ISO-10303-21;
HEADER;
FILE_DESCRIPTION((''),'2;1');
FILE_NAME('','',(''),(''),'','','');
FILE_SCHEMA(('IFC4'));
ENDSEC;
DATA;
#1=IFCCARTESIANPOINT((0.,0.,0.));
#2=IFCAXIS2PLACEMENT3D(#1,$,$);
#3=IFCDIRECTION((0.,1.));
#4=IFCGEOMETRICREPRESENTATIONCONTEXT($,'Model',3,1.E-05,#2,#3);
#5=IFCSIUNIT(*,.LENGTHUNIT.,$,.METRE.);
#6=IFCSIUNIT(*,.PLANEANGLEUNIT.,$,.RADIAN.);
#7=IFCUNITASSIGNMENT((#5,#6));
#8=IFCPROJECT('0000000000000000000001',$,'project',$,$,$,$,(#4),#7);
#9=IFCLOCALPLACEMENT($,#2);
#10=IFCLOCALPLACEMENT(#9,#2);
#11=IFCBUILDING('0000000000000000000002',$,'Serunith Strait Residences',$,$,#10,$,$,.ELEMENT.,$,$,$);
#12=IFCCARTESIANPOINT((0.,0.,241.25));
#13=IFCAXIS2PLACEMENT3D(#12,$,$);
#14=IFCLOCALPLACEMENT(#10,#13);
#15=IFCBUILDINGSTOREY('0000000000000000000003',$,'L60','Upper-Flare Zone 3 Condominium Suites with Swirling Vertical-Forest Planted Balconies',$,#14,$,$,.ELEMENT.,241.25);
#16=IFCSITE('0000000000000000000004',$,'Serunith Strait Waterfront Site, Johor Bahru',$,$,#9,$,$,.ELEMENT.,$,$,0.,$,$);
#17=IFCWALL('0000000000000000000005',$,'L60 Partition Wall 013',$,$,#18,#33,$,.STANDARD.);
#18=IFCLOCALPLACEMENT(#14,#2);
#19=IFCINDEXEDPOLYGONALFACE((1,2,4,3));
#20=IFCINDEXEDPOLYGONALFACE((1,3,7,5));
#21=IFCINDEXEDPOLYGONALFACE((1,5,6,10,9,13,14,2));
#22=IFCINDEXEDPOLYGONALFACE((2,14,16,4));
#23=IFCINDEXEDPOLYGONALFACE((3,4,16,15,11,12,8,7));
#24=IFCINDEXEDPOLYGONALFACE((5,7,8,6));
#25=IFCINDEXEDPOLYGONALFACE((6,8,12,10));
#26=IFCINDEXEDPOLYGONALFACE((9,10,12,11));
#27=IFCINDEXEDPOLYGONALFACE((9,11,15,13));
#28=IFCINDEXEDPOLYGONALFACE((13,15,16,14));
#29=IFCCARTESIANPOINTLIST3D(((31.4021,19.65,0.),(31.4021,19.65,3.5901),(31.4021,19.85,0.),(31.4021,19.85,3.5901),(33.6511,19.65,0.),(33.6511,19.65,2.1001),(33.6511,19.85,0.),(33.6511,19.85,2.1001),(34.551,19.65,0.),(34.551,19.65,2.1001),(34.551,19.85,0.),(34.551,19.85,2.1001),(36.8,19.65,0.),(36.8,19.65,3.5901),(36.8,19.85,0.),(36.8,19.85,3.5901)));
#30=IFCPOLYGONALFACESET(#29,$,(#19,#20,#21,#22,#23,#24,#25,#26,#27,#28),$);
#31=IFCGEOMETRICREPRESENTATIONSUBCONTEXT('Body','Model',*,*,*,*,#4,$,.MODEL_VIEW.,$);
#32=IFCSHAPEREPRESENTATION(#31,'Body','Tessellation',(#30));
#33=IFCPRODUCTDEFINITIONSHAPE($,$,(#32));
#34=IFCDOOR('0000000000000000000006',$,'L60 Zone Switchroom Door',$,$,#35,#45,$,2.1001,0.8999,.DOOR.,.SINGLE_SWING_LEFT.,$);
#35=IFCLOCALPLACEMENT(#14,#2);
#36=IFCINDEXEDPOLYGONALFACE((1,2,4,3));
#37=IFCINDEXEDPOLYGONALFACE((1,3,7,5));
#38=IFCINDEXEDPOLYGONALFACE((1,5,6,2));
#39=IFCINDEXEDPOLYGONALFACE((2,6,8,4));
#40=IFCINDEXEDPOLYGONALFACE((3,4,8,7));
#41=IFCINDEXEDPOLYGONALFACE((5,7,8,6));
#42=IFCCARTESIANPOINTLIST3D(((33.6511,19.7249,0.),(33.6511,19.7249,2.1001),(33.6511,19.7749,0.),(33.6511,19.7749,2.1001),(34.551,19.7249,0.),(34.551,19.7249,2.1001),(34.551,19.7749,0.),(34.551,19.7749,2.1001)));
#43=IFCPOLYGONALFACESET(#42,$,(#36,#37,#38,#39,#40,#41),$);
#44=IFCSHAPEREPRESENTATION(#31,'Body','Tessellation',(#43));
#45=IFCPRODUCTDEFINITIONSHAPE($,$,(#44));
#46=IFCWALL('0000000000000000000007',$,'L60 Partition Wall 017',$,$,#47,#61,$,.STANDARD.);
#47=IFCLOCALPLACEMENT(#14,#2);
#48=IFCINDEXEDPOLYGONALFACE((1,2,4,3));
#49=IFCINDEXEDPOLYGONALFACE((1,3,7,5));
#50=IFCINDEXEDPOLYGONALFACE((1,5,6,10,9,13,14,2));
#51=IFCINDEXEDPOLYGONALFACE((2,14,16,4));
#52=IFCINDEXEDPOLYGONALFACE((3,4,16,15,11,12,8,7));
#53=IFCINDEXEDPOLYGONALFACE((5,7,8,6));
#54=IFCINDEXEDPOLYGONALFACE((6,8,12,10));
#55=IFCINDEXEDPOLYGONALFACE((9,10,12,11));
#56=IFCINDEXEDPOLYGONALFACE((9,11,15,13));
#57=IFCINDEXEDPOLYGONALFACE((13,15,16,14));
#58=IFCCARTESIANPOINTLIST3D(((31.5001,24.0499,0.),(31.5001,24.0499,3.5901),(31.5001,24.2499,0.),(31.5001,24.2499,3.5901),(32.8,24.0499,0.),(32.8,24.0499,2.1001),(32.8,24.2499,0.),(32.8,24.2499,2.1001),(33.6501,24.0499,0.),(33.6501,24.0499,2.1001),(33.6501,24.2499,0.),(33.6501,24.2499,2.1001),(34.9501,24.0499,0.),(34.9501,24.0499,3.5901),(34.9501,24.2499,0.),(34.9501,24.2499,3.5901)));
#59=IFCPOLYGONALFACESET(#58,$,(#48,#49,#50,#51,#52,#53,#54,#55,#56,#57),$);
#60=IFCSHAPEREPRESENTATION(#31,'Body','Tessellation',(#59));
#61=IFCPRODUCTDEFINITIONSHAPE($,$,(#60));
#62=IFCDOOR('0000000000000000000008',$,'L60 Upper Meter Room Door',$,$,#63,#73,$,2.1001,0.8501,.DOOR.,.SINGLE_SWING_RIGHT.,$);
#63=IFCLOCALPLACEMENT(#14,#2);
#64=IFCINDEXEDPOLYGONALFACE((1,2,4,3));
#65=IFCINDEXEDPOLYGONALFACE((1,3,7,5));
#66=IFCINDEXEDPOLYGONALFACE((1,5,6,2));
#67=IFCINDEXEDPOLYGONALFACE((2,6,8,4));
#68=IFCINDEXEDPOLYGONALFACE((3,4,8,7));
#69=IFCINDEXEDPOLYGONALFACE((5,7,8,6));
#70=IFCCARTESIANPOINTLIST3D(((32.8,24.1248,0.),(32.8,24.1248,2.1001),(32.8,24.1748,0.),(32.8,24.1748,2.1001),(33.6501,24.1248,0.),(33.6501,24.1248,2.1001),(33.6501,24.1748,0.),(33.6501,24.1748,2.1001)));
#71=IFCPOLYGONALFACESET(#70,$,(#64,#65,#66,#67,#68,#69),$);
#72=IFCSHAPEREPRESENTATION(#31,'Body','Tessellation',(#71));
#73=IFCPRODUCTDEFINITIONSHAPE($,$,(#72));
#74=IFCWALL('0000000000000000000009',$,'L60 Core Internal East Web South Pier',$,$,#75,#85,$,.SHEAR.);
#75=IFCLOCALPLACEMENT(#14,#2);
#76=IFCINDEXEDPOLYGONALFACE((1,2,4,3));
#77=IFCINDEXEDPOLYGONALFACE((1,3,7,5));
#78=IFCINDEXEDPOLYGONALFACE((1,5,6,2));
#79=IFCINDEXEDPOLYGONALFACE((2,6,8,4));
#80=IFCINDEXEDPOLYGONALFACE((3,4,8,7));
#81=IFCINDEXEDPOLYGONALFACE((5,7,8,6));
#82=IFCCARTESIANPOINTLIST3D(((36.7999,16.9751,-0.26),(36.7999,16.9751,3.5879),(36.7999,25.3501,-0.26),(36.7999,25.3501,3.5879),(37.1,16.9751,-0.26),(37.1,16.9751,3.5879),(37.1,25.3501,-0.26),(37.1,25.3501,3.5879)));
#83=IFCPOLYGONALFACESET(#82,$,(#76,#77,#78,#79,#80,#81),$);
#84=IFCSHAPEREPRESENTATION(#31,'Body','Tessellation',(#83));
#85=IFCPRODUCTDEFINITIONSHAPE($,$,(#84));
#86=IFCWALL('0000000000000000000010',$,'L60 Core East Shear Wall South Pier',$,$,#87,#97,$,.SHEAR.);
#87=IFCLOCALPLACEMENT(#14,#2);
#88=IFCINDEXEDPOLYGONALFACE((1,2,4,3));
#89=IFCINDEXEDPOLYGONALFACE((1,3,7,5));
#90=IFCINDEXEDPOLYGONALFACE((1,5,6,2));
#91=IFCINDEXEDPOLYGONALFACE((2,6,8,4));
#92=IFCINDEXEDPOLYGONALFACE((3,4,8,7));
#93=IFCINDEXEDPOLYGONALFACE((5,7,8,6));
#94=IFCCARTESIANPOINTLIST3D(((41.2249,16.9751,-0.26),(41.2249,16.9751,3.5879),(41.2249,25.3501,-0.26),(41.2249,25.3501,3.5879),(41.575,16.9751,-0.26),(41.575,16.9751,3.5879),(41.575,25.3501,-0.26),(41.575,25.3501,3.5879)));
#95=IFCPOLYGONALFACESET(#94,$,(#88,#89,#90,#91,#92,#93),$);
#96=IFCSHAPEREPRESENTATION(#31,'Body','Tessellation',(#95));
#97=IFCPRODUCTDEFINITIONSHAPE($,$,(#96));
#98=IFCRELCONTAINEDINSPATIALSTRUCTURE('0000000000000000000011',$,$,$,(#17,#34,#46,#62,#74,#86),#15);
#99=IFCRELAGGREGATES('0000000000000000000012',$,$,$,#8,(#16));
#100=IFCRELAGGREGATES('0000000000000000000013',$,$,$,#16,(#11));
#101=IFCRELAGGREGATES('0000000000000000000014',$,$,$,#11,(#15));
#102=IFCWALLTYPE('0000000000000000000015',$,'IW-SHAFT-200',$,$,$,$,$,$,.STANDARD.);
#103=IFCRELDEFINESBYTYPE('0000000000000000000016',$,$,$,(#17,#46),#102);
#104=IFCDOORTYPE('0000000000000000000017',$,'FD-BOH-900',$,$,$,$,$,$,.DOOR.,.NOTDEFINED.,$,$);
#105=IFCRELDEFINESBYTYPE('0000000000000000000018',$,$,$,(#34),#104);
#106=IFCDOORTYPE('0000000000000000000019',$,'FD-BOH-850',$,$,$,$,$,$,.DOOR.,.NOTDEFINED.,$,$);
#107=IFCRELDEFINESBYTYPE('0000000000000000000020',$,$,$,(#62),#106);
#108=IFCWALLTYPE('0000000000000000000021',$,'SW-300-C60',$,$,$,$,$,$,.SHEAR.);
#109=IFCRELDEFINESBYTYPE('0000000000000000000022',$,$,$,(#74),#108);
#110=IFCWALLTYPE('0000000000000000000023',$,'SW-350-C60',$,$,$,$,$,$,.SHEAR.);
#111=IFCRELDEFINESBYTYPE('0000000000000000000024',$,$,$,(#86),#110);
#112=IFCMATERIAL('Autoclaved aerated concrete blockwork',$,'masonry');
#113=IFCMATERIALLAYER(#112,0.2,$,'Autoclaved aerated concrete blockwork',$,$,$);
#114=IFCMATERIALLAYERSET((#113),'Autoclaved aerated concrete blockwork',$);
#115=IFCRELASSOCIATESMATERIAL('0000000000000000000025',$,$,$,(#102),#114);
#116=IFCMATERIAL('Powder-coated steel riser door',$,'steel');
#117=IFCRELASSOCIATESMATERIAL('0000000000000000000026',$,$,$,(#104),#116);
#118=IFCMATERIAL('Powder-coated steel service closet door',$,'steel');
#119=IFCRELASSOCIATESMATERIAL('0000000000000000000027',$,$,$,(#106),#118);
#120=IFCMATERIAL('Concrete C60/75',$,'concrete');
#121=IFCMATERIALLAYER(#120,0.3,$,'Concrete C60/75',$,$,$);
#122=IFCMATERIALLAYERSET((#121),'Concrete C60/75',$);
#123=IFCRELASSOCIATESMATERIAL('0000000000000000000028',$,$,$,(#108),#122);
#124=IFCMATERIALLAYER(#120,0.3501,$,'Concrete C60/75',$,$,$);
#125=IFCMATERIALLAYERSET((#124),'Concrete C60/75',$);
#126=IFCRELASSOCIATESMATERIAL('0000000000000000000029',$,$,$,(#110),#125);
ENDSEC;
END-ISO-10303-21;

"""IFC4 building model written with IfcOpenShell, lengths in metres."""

from ifc_helpers import new_model, si_unit, direction, frame, frame_2d, origin, place, context, subcontext, project, spatial, rectangle, extrude, source, transform, mapped, material, layer, layer_set, type_object, element, fill, save


model = new_model("IFC4")

# Units and contexts
model_context = context("Model", 3, precision=1e-05, world=origin(), true_north=direction((0.0, 1.0)))
body_context = subcontext(model_context, "Body", "Model", "MODEL_VIEW")
ifc_project = project(units=[si_unit("LENGTHUNIT", "METRE"), si_unit("PLANEANGLEUNIT", "RADIAN")], contexts=[model_context])

# Site, building, storey
site_placement = place(None, origin())
site = spatial("IfcSite", under=ifc_project, at=site_placement, Name="Serunith Strait Waterfront Site, Johor Bahru", CompositionType="ELEMENT", RefElevation=0.0)
building_placement = place(site_placement, origin())
building = spatial("IfcBuilding", under=site, at=building_placement, Name="Serunith Strait Residences", CompositionType="ELEMENT")
storey_placement = place(building_placement, frame((0.0, 0.0, 241.25)))
storey = spatial("IfcBuildingStorey", under=building, at=storey_placement, Name="L60", Description="Upper-Flare Zone 3 Condominium Suites with Swirling Vertical-Forest Planted Balconies", CompositionType="ELEMENT", Elevation=241.25)

# Shared definitions
ifc_material_1 = material(Name="Concrete C60/75", Category="concrete")

# Walls, openings, doors
shared_shape_1 = source(origin(), body_context, "Body", "SweptSolid", [
    extrude(rectangle(XDim=0.8999, YDim=2.1001, at=frame_2d((0.45, 1.05))), frame((0.0, 0.0249, 0.0), z_axis=(0.0, -1.0, 0.0), x_axis=(1.0, 0.0, 0.0)), (0.0, 0.0, 1.0), 0.05),
])
ifc_material_2 = material(Name="Autoclaved aerated concrete blockwork", Category="masonry")
ifc_layer_1 = layer(ifc_material_2, 0.2, Name="Autoclaved aerated concrete blockwork")
ifc_layer_set_1 = layer_set([ifc_layer_1], Name="Autoclaved aerated concrete blockwork")
wall_type_1 = type_object("IfcWallType", Name="IW-SHAFT-200", PredefinedType="STANDARD", material=ifc_layer_set_1)
wall_1_placement = place(storey_placement, frame((31.4021, 19.75, 0.0), z_axis=(0.0, 0.0, 1.0), x_axis=(1.0, 0.0, 0.0)))
wall_1 = element("IfcWall", 1, at=wall_1_placement, inside=storey, type_object=wall_type_1, Name="L60 Partition Wall 013", PredefinedType="STANDARD", context=body_context, shape_type="SweptSolid", body=[
    extrude(rectangle(XDim=5.3979, YDim=0.2, at=frame_2d((2.699, 0.0))), origin(), (0.0, 0.0, 1.0), 3.5901),
])
opening_1_placement = place(wall_1_placement, frame((2.249, 0.0, 0.0)))
opening_1 = element("IfcOpeningElement", 2, at=opening_1_placement, cuts=wall_1, PredefinedType="OPENING", context=body_context, shape_type="SweptSolid", body=[
    extrude(rectangle(XDim=0.8999, YDim=2.1001, at=frame_2d((0.45, 1.05))), frame((0.0, 0.1099, 0.0), z_axis=(0.0, -1.0, 0.0), x_axis=(1.0, 0.0, 0.0)), (0.0, 0.0, 1.0), 0.22),
])
ifc_material_3 = material(Name="Powder-coated steel riser door", Category="steel")
door_type_1 = type_object("IfcDoorType", Name="FD-BOH-900", OperationType="NOTDEFINED", PredefinedType="DOOR", material=ifc_material_3)
door_1_placement = place(opening_1_placement, origin())
door_1 = element("IfcDoor", 3, at=door_1_placement, inside=storey, type_object=door_type_1, Name="L60 Zone Switchroom Door", OperationType="SINGLE_SWING_LEFT", OverallHeight=2.1001, OverallWidth=0.8999, PredefinedType="DOOR", context=body_context, shape_type="MappedRepresentation", body=[
    mapped(shared_shape_1, transform((0.0, 0.0, 0.0), scale=1.0)),
])
fill(opening_1, door_1)
wall_2_placement = place(storey_placement, frame((31.5, 24.1499, 0.0), z_axis=(0.0, 0.0, 1.0), x_axis=(1.0, 0.0, 0.0)))
wall_2 = element("IfcWall", 4, at=wall_2_placement, inside=storey, type_object=wall_type_1, Name="L60 Partition Wall 017", PredefinedType="STANDARD", context=body_context, shape_type="SweptSolid", body=[
    extrude(rectangle(XDim=3.45, YDim=0.2, at=frame_2d((1.7251, 0.0))), origin(), (0.0, 0.0, 1.0), 3.5901),
])
opening_2_placement = place(wall_2_placement, frame((1.3, 0.0, 0.0)))
opening_2 = element("IfcOpeningElement", 5, at=opening_2_placement, cuts=wall_2, PredefinedType="OPENING", context=body_context, shape_type="SweptSolid", body=[
    extrude(rectangle(XDim=0.8501, YDim=2.1001, at=frame_2d((0.425, 1.05))), frame((0.0, 0.1099, 0.0), z_axis=(0.0, -1.0, 0.0), x_axis=(1.0, 0.0, 0.0)), (0.0, 0.0, 1.0), 0.22),
])
ifc_material_4 = material(Name="Powder-coated steel service closet door", Category="steel")
door_type_2 = type_object("IfcDoorType", Name="FD-BOH-850", OperationType="NOTDEFINED", PredefinedType="DOOR", material=ifc_material_4)
shared_shape_2 = source(origin(), body_context, "Body", "SweptSolid", [
    extrude(rectangle(XDim=0.8501, YDim=2.1001, at=frame_2d((0.425, 1.05))), frame((0.0, 0.0249, 0.0), z_axis=(0.0, -1.0, 0.0), x_axis=(1.0, 0.0, 0.0)), (0.0, 0.0, 1.0), 0.05),
])
door_2_placement = place(opening_2_placement, origin())
door_2 = element("IfcDoor", 6, at=door_2_placement, inside=storey, type_object=door_type_2, Name="L60 Upper Meter Room Door", OperationType="SINGLE_SWING_RIGHT", OverallHeight=2.1001, OverallWidth=0.8501, PredefinedType="DOOR", context=body_context, shape_type="MappedRepresentation", body=[
    mapped(shared_shape_2, transform((0.0, 0.0, 0.0), scale=1.0)),
])
fill(opening_2, door_2)

# Walls
ifc_layer_2 = layer(ifc_material_1, 0.3, Name="Concrete C60/75")
ifc_layer_set_2 = layer_set([ifc_layer_2], Name="Concrete C60/75")
wall_type_2 = type_object("IfcWallType", Name="SW-300-C60", PredefinedType="SHEAR", material=ifc_layer_set_2)
wall_3_placement = place(storey_placement, frame((36.95, 16.9751, -0.26), z_axis=(0.0, 0.0, 1.0), x_axis=(0.0, 1.0, 0.0)))
element("IfcWall", 7, at=wall_3_placement, inside=storey, type_object=wall_type_2, Name="L60 Core Internal East Web South Pier", PredefinedType="SHEAR", context=body_context, shape_type="SweptSolid", body=[
    extrude(rectangle(XDim=8.375, YDim=0.3, at=frame_2d((4.1875, 0.0))), origin(), (0.0, 0.0, 1.0), 3.8479),
])
ifc_layer_3 = layer(ifc_material_1, 0.3501, Name="Concrete C60/75")
ifc_layer_set_3 = layer_set([ifc_layer_3], Name="Concrete C60/75")
wall_type_3 = type_object("IfcWallType", Name="SW-350-C60", PredefinedType="SHEAR", material=ifc_layer_set_3)
wall_4_placement = place(storey_placement, frame((41.3999, 16.9751, -0.26), z_axis=(0.0, 0.0, 1.0), x_axis=(0.0, 1.0, 0.0)))
element("IfcWall", 8, at=wall_4_placement, inside=storey, type_object=wall_type_3, Name="L60 Core East Shear Wall South Pier", PredefinedType="SHEAR", context=body_context, shape_type="SweptSolid", body=[
    extrude(rectangle(XDim=8.375, YDim=0.3501, at=frame_2d((4.1875, 0.0))), origin(), (0.0, 0.0, 1.0), 3.8479),
])

save(model, "model.ifc")
